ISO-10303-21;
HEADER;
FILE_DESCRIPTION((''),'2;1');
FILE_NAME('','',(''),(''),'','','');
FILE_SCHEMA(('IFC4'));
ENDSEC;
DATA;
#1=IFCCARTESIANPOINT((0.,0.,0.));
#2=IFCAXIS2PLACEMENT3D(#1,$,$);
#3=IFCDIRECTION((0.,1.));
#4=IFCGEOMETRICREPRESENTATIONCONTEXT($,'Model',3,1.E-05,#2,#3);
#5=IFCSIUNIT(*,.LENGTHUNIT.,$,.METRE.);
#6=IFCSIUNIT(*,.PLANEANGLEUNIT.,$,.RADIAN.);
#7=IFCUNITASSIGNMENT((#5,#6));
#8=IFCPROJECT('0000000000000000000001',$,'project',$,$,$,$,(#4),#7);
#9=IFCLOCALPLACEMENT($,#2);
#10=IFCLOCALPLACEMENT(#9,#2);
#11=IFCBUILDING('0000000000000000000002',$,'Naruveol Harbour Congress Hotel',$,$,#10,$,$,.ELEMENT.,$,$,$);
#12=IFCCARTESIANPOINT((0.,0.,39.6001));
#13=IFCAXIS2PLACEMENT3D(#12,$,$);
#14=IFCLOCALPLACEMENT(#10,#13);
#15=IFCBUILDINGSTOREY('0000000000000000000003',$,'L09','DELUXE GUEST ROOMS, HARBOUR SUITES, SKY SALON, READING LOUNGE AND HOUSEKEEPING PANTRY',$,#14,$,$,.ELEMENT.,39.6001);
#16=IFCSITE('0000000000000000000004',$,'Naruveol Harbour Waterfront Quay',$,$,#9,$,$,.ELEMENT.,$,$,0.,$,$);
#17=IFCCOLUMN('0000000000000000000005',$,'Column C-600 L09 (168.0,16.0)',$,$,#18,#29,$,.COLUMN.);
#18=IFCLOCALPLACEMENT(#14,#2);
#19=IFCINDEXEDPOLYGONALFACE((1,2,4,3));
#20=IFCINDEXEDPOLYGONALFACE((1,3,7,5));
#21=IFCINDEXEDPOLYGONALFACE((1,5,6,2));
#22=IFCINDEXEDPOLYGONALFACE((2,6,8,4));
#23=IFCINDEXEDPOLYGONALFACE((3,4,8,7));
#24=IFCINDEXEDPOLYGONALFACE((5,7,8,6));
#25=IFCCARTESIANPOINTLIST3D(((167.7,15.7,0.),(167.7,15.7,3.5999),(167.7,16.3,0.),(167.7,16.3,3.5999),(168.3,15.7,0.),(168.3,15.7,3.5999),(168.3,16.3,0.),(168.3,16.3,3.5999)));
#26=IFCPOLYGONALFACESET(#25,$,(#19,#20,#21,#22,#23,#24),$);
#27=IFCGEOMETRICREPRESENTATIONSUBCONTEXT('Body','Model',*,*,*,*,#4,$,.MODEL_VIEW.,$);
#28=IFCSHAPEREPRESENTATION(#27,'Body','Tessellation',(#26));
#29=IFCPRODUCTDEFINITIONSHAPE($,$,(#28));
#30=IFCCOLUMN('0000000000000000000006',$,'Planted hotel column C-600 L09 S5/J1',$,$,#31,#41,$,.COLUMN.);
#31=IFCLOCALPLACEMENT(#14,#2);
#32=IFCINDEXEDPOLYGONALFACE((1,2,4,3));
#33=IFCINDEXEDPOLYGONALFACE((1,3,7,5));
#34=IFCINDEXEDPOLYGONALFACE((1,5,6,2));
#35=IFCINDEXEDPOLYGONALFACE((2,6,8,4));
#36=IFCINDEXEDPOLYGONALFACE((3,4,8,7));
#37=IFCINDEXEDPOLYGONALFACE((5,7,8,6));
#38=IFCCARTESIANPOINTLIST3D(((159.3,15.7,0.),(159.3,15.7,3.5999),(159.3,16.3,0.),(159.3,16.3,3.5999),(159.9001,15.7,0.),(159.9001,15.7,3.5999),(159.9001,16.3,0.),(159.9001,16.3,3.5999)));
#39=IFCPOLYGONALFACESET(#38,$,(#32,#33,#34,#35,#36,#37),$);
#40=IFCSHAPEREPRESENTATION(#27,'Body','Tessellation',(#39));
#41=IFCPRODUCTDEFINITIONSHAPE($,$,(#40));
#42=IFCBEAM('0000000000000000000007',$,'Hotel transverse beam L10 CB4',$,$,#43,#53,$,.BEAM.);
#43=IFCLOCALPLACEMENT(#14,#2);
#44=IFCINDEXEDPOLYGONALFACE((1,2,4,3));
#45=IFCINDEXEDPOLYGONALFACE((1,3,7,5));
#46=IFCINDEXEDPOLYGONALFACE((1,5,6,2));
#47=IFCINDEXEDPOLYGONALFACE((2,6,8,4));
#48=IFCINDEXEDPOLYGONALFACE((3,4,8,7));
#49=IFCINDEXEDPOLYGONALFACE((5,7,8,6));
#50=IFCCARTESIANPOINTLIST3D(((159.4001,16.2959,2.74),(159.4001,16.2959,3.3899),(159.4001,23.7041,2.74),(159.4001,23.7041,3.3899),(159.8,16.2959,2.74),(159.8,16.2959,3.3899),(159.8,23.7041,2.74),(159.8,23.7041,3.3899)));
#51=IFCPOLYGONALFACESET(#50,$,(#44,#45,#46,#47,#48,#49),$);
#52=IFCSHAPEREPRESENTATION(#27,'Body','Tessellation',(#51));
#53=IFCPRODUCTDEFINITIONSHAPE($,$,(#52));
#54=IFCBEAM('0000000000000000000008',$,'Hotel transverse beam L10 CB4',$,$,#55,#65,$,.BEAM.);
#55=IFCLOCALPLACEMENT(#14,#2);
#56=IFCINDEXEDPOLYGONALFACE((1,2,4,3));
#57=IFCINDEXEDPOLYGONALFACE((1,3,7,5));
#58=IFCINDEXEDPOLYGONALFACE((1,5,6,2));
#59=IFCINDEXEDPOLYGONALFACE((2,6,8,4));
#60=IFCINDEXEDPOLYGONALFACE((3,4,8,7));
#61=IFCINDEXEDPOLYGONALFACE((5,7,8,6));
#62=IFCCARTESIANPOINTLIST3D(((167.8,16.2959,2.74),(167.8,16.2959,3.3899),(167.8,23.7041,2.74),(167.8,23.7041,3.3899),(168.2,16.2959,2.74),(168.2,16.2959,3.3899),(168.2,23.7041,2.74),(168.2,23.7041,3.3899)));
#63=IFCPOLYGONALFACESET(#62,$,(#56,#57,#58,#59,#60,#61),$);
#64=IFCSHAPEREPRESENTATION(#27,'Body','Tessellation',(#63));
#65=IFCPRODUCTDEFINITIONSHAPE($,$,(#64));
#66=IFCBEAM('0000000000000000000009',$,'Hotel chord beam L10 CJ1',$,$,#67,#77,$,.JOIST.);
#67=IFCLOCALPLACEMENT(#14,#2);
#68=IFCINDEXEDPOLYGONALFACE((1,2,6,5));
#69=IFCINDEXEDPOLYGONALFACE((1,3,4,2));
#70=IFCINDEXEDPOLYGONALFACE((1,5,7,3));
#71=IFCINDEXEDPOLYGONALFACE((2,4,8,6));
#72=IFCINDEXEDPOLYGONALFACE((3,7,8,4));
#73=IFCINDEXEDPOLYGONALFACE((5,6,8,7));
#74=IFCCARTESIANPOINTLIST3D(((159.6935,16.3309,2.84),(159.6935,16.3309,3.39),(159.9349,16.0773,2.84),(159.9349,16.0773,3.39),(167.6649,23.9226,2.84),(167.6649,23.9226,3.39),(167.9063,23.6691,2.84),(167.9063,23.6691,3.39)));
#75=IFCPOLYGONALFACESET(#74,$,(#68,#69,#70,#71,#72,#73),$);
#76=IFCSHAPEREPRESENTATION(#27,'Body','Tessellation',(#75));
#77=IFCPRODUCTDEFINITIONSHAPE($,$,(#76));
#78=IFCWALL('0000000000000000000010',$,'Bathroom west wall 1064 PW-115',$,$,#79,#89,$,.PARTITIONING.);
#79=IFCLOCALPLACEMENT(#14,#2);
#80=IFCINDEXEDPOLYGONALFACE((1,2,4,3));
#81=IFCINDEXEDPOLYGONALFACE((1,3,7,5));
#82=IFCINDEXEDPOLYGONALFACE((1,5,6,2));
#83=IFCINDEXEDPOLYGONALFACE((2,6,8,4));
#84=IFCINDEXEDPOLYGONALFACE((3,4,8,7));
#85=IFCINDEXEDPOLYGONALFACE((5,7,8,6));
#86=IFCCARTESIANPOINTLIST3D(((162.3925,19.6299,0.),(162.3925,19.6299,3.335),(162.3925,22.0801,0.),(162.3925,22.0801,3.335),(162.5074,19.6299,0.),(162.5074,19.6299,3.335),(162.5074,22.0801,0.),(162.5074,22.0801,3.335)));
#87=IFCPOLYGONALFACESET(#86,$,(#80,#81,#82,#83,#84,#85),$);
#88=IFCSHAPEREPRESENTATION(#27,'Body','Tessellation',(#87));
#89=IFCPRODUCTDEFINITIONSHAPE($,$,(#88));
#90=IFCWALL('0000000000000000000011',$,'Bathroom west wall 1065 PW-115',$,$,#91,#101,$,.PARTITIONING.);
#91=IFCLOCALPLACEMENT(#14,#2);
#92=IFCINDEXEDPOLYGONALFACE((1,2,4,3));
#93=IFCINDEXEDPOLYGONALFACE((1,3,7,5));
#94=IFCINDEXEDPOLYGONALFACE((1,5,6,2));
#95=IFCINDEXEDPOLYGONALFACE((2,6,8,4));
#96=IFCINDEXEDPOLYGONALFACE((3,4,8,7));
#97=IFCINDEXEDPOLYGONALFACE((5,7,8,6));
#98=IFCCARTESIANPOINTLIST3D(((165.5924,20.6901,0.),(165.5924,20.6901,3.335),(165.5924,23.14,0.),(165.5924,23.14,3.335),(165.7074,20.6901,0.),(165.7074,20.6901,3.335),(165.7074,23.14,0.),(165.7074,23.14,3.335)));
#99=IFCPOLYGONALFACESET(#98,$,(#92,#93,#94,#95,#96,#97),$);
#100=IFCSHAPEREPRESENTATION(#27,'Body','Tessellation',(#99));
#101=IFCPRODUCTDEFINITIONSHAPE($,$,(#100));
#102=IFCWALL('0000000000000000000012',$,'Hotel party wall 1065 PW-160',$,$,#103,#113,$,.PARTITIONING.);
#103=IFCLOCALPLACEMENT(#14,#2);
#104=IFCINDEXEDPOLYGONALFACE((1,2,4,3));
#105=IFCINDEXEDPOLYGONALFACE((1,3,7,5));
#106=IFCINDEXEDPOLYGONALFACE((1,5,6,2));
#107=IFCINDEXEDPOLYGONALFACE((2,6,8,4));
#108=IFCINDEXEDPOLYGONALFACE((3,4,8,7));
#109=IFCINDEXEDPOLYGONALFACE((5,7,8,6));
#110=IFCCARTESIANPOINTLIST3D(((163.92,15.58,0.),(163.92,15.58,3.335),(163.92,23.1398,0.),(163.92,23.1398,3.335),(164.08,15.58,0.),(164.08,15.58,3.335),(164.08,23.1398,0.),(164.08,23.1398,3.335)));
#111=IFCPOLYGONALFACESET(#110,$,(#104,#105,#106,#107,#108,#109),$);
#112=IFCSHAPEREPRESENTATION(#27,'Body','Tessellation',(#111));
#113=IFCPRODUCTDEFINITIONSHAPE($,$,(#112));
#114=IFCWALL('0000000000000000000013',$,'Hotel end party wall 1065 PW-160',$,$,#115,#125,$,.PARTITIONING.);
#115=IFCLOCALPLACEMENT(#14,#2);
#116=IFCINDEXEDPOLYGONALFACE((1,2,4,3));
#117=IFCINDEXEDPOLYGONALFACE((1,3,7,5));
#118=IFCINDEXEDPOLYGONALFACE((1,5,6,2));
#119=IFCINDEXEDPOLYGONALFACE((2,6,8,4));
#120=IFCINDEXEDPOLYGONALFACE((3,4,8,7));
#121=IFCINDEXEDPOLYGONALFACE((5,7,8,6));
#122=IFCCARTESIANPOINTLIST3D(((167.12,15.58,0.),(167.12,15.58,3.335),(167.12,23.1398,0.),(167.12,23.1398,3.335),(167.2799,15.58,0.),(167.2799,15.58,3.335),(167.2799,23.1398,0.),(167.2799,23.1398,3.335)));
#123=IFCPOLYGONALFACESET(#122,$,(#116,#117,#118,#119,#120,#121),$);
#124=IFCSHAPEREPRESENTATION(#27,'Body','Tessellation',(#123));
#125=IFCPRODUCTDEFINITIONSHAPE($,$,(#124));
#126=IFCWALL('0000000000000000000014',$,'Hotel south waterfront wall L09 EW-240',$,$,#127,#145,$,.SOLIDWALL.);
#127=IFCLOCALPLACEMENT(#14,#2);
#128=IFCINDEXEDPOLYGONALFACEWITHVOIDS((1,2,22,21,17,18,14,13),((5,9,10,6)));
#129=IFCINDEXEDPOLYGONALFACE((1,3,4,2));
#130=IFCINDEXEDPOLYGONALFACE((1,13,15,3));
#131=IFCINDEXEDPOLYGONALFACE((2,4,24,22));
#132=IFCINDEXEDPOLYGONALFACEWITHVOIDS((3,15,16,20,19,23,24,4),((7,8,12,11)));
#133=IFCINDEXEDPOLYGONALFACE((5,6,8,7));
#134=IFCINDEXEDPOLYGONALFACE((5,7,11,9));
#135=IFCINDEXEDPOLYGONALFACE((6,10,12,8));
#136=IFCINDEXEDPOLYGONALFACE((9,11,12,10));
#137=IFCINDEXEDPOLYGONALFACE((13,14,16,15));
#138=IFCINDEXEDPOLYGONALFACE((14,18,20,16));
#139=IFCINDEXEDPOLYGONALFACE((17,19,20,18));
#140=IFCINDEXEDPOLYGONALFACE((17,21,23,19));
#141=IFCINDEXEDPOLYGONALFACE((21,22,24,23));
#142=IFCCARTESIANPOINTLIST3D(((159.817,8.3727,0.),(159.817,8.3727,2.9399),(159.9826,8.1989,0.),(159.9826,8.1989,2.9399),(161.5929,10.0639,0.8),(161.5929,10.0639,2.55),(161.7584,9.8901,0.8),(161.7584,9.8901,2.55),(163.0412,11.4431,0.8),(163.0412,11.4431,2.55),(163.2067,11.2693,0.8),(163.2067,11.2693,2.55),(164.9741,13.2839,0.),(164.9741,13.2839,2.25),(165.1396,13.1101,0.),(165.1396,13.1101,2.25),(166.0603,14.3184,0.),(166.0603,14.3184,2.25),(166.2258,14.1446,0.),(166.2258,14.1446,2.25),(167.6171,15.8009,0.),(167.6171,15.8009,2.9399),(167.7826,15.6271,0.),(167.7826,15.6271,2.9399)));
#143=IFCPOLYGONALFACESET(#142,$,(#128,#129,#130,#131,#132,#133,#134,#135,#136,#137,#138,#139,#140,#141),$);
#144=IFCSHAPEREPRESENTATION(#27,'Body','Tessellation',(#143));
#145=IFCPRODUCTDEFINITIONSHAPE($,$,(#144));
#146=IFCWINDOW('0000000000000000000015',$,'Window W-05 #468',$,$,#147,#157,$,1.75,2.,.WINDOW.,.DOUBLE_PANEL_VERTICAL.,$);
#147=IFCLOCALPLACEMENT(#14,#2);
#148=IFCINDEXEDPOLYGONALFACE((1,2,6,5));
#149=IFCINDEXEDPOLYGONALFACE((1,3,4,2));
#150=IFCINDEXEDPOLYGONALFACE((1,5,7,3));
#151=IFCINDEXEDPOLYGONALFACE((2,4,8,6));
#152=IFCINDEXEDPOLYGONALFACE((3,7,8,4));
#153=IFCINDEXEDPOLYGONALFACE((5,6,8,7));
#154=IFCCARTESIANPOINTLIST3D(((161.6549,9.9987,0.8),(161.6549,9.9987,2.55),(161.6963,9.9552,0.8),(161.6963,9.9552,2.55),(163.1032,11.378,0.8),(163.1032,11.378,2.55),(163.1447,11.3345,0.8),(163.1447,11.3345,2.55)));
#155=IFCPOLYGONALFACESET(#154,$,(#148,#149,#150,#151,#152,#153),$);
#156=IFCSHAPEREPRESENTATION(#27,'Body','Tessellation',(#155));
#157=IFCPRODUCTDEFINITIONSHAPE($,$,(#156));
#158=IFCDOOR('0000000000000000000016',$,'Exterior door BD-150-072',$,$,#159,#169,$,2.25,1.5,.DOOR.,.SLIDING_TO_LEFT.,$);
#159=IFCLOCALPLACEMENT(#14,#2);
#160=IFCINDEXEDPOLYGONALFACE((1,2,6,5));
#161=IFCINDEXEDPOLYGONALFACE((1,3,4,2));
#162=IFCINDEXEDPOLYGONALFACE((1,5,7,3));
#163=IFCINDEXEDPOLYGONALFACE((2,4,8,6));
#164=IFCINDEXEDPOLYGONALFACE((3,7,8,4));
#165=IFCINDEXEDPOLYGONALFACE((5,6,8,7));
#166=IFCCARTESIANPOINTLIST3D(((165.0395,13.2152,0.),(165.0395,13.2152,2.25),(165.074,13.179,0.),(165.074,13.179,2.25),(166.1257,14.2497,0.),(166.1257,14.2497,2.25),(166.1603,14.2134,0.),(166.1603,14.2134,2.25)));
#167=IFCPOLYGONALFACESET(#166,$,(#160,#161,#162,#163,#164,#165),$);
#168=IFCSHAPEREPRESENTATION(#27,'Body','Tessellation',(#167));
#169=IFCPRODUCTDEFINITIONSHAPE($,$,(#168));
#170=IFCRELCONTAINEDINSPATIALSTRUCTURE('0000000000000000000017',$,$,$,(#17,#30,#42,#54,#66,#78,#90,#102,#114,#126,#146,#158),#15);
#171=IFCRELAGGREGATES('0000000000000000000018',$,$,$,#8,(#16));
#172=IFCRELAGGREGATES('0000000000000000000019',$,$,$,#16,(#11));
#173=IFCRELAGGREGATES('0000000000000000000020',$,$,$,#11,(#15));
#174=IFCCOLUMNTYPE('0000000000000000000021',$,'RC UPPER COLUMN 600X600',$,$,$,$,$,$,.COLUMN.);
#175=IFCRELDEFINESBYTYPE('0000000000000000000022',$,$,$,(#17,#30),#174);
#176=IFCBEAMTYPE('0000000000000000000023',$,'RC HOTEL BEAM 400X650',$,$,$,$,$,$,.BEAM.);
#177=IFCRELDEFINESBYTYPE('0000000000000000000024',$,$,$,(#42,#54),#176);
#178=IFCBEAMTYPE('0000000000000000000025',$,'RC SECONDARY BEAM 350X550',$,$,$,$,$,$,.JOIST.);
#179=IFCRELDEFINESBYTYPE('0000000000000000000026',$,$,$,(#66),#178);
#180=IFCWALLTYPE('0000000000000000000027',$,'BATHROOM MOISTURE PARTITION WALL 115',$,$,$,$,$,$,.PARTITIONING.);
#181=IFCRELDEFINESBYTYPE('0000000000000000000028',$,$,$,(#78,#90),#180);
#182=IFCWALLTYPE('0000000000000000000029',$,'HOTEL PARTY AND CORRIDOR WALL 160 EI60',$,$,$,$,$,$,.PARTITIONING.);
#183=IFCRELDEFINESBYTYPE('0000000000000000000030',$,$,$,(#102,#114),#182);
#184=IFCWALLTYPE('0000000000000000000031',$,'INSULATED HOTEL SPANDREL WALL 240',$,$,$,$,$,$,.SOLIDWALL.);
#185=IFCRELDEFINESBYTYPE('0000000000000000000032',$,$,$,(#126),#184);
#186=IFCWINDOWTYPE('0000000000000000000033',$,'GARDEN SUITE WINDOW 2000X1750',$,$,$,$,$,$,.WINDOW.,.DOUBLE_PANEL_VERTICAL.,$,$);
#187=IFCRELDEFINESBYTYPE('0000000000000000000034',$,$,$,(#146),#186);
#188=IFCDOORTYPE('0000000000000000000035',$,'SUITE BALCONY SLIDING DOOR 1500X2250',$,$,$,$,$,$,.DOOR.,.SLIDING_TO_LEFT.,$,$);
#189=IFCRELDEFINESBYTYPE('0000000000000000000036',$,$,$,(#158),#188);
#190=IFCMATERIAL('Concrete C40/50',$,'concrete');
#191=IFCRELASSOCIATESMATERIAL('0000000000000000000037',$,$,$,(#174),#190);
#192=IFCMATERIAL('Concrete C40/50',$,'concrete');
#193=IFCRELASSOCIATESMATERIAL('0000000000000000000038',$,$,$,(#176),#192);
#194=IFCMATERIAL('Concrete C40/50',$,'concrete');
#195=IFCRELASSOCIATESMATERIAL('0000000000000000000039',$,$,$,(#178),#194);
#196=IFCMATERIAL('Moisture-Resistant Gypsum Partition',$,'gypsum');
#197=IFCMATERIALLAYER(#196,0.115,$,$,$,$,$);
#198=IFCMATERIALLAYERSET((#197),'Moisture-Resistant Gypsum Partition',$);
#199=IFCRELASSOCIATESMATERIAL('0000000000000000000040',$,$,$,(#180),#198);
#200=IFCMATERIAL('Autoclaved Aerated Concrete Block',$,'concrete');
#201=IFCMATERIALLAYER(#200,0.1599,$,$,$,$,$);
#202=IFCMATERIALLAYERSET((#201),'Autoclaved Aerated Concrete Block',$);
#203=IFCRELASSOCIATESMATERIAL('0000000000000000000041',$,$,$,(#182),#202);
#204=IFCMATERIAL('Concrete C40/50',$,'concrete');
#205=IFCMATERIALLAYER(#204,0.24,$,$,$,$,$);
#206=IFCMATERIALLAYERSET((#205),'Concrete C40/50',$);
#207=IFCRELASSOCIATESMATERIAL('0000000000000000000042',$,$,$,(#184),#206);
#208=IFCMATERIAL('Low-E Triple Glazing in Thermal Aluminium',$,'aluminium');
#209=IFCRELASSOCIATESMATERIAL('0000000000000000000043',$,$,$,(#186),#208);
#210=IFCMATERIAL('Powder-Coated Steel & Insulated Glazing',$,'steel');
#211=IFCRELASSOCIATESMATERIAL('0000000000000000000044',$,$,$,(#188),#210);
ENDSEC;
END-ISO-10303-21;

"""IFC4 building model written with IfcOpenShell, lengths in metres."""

from ifc_helpers import new_model, si_unit, direction, frame, frame_2d, origin, origin_2d, place, context, subcontext, project, spatial, rectangle, extrude, material, layer, layer_set, material_profile, profile_set, type_object, element, fill, save


model = new_model("IFC4")

# Units and contexts
model_context = context("Model", 3, precision=1e-05, world=origin(), true_north=direction((0.0, 1.0)))
body_context = subcontext(model_context, "Body", "Model", "MODEL_VIEW")
ifc_project = project(units=[si_unit("LENGTHUNIT", "METRE"), si_unit("PLANEANGLEUNIT", "RADIAN")], contexts=[model_context])

# Site, building, storey
site_placement = place(None, origin())
site = spatial("IfcSite", under=ifc_project, at=site_placement, Name="Naruveol Harbour Waterfront Quay", CompositionType="ELEMENT", RefElevation=0.0)
building_placement = place(site_placement, origin())
building = spatial("IfcBuilding", under=site, at=building_placement, Name="Naruveol Harbour Congress Hotel", CompositionType="ELEMENT")
storey_placement = place(building_placement, frame((0.0, 0.0, 39.6001)))
storey = spatial("IfcBuildingStorey", under=building, at=storey_placement, Name="L09", Description="DELUXE GUEST ROOMS, HARBOUR SUITES, SKY SALON, READING LOUNGE AND HOUSEKEEPING PANTRY", CompositionType="ELEMENT", Elevation=39.6001)

# Columns
ifc_material_1 = material(Name="Concrete C40/50", Category="concrete")
ifc_material_profile_1 = material_profile(ifc_material_1, rectangle(XDim=0.6001, YDim=0.6001, at=origin_2d()), Name="RC-600x600")
ifc_profile_set_1 = profile_set([ifc_material_profile_1], Name="Concrete C40/50")
column_type = type_object("IfcColumnType", Name="RC UPPER COLUMN 600X600", PredefinedType="COLUMN", material=ifc_profile_set_1)
for number, where, z_axis, x_axis, name in (
    (1, (168.0, 16.0, 0.0), (0.0, 0.0, 1.0), (1.0, 0.0, 0.0), "Column C-600 L09 (168.0,16.0)"),
    (2, (159.6001, 16.0, 0.0), (0.0, 0.0, 1.0), (1.0, 0.0, 0.0), "Planted hotel column C-600 L09 S5/J1"),
):
    element("IfcColumn", number, at=place(storey_placement, frame(where, z_axis=z_axis, x_axis=x_axis)), inside=storey, type_object=column_type, Name=name, PredefinedType="COLUMN", context=body_context, shape_type="SweptSolid", body=[
        extrude(rectangle(XDim=0.6001, YDim=0.6001, at=origin_2d()), origin(), (0.0, 0.0, 1.0), 3.5999),
    ])

# Beams
ifc_material_2 = material(Name="Concrete C40/50", Category="concrete")
ifc_material_profile_2 = material_profile(ifc_material_2, rectangle(XDim=0.3999, YDim=0.6499, at=origin_2d()), Name="RCB-400x650")
ifc_profile_set_2 = profile_set([ifc_material_profile_2], Name="Concrete C40/50")
beam_type_1 = type_object("IfcBeamType", Name="RC HOTEL BEAM 400X650", PredefinedType="BEAM", material=ifc_profile_set_2)
for number, where, z_axis, x_axis, name in (
    (3, (159.6001, 16.2959, 3.0649), (0.0, 1.0, 0.0), (-1.0, 0.0, 0.0), "Hotel transverse beam L10 CB4"),
    (4, (168.0, 16.2959, 3.0649), (0.0, 1.0, 0.0), (-1.0, 0.0, 0.0), "Hotel transverse beam L10 CB4"),
):
    element("IfcBeam", number, at=place(storey_placement, frame(where, z_axis=z_axis, x_axis=x_axis)), inside=storey, type_object=beam_type_1, Name=name, PredefinedType="BEAM", context=body_context, shape_type="SweptSolid", body=[
        extrude(rectangle(XDim=0.3999, YDim=0.6499, at=origin_2d()), origin(), (0.0, 0.0, 1.0), 7.4082),
    ])
ifc_material_3 = material(Name="Concrete C40/50", Category="concrete")
ifc_material_profile_3 = material_profile(ifc_material_3, rectangle(XDim=0.3501, YDim=0.55, at=origin_2d()), Name="RCB-350x550")
ifc_profile_set_3 = profile_set([ifc_material_profile_3], Name="Concrete C40/50")
beam_type_2 = type_object("IfcBeamType", Name="RC SECONDARY BEAM 350X550", PredefinedType="JOIST", material=ifc_profile_set_3)
beam_placement = place(storey_placement, frame((159.8142, 16.2041, 3.115), z_axis=(0.72414, 0.689653, 0.0), x_axis=(-0.689653, 0.72414, 0.0)))
element("IfcBeam", 5, at=beam_placement, inside=storey, type_object=beam_type_2, Name="Hotel chord beam L10 CJ1", PredefinedType="JOIST", context=body_context, shape_type="SweptSolid", body=[
    extrude(rectangle(XDim=0.3501, YDim=0.55, at=origin_2d()), origin(), (0.0, 0.0, 1.0), 11.0081),
])

# Wall
ifc_material_4 = material(Name="Moisture-Resistant Gypsum Partition", Category="gypsum")
ifc_layer_1 = layer(ifc_material_4, 0.115)
ifc_layer_set_1 = layer_set([ifc_layer_1], Name="Moisture-Resistant Gypsum Partition")
wall_type_1 = type_object("IfcWallType", Name="BATHROOM MOISTURE PARTITION WALL 115", PredefinedType="PARTITIONING", material=ifc_layer_set_1)
wall_1_placement = place(storey_placement, frame((162.45, 19.6299, 0.0), z_axis=(0.0, 0.0, 1.0), x_axis=(0.0, 1.0, 0.0)))
element("IfcWall", 6, at=wall_1_placement, inside=storey, type_object=wall_type_1, Name="Bathroom west wall 1064 PW-115", PredefinedType="PARTITIONING", context=body_context, shape_type="SweptSolid", body=[
    extrude(rectangle(XDim=2.4502, YDim=0.115, at=frame_2d((1.2251, 0.0))), origin(), (0.0, 0.0, 1.0), 3.335),
])

# Wall
wall_2_placement = place(storey_placement, frame((165.6499, 20.6899, 0.0), z_axis=(0.0, 0.0, 1.0), x_axis=(0.0, 1.0, 0.0)))
element("IfcWall", 7, at=wall_2_placement, inside=storey, type_object=wall_type_1, Name="Bathroom west wall 1065 PW-115", PredefinedType="PARTITIONING", context=body_context, shape_type="SweptSolid", body=[
    extrude(rectangle(XDim=2.45, YDim=0.115, at=frame_2d((1.2251, 0.0))), origin(), (0.0, 0.0, 1.0), 3.335),
])

# Walls
ifc_material_5 = material(Name="Autoclaved Aerated Concrete Block", Category="concrete")
ifc_layer_2 = layer(ifc_material_5, 0.1599)
ifc_layer_set_2 = layer_set([ifc_layer_2], Name="Autoclaved Aerated Concrete Block")
wall_type_2 = type_object("IfcWallType", Name="HOTEL PARTY AND CORRIDOR WALL 160 EI60", PredefinedType="PARTITIONING", material=ifc_layer_set_2)
for number, where, z_axis, x_axis, name in (
    (8, (164.0, 15.5801, 0.0), (0.0, 0.0, 1.0), (0.0, 1.0, 0.0), "Hotel party wall 1065 PW-160"),
    (9, (167.2, 15.5801, 0.0), (0.0, 0.0, 1.0), (0.0, 1.0, 0.0), "Hotel end party wall 1065 PW-160"),
):
    element("IfcWall", number, at=place(storey_placement, frame(where, z_axis=z_axis, x_axis=x_axis)), inside=storey, type_object=wall_type_2, Name=name, PredefinedType="PARTITIONING", context=body_context, shape_type="SweptSolid", body=[
        extrude(rectangle(XDim=7.5598, YDim=0.1599, at=frame_2d((3.7798, 0.0))), origin(), (0.0, 0.0, 1.0), 3.335),
    ])

# Wall, openings, window, door
ifc_material_6 = material(Name="Concrete C40/50", Category="concrete")
ifc_layer_3 = layer(ifc_material_6, 0.24)
ifc_layer_set_3 = layer_set([ifc_layer_3], Name="Concrete C40/50")
wall_type_3 = type_object("IfcWallType", Name="INSULATED HOTEL SPANDREL WALL 240", PredefinedType="SOLIDWALL", material=ifc_layer_set_3)
wall_3_placement = place(storey_placement, frame((167.7, 15.7141, 0.0), z_axis=(0.0, 0.0, 1.0), x_axis=(-0.724156, -0.689636, 0.0)))
wall_3 = element("IfcWall", 10, at=wall_3_placement, inside=storey, type_object=wall_type_3, Name="Hotel south waterfront wall L09 EW-240", PredefinedType="SOLIDWALL", context=body_context, shape_type="SweptSolid", body=[
    extrude(rectangle(XDim=10.7712, YDim=0.24, at=frame_2d((5.3857, 0.0))), origin(), (0.0, 0.0, 1.0), 2.9399),
])
opening_1_placement = place(wall_3_placement, frame((2.1499, 0.0, 0.0)))
opening_1 = element("IfcOpeningElement", 11, at=opening_1_placement, cuts=wall_3, PredefinedType="OPENING", context=body_context, shape_type="SweptSolid", body=[
    extrude(rectangle(XDim=1.5, YDim=2.25, at=frame_2d((0.75, 1.125))), frame((0.0, 0.1299, 0.0), z_axis=(0.0, -1.0, 0.0), x_axis=(1.0, 0.0, 0.0)), (0.0, 0.0, 1.0), 0.26),
])
opening_2_placement = place(wall_3_placement, frame((6.3191, 0.0, 0.8)))
opening_2 = element("IfcOpeningElement", 12, at=opening_2_placement, cuts=wall_3, PredefinedType="OPENING", context=body_context, shape_type="SweptSolid", body=[
    extrude(rectangle(XDim=2.0, YDim=1.75, at=frame_2d((1.0, 0.875))), frame((0.0, 0.1299, 0.0), z_axis=(0.0, -1.0, 0.0), x_axis=(1.0, 0.0, 0.0)), (0.0, 0.0, 1.0), 0.26),
])
ifc_material_7 = material(Name="Low-E Triple Glazing in Thermal Aluminium", Category="aluminium")
window_type = type_object("IfcWindowType", Name="GARDEN SUITE WINDOW 2000X1750", PartitioningType="DOUBLE_PANEL_VERTICAL", PredefinedType="WINDOW", material=ifc_material_7)
window_placement = place(opening_2_placement, origin())
window = element("IfcWindow", 13, at=window_placement, inside=storey, type_object=window_type, Name="Window W-05 #468", OverallHeight=1.75, OverallWidth=2.0, PartitioningType="DOUBLE_PANEL_VERTICAL", PredefinedType="WINDOW", context=body_context, shape_type="SweptSolid", body=[
    extrude(rectangle(XDim=2.0, YDim=1.75, at=frame_2d((1.0, 0.875))), frame((0.0, 0.03, 0.0), z_axis=(0.0, -1.0, 0.0), x_axis=(1.0, 0.0, 0.0)), (0.0, 0.0, 1.0), 0.0601),
])
fill(opening_2, window)
ifc_material_8 = material(Name="Powder-Coated Steel & Insulated Glazing", Category="steel")
door_type_1 = type_object("IfcDoorType", Name="SUITE BALCONY SLIDING DOOR 1500X2250", OperationType="SLIDING_TO_LEFT", PredefinedType="DOOR", material=ifc_material_8)
door_1_placement = place(opening_1_placement, origin())
door_1 = element("IfcDoor", 14, at=door_1_placement, inside=storey, type_object=door_type_1, Name="Exterior door BD-150-072", OperationType="SLIDING_TO_LEFT", OverallHeight=2.25, OverallWidth=1.5, PredefinedType="DOOR", context=body_context, shape_type="SweptSolid", body=[
    extrude(rectangle(XDim=1.5, YDim=2.25, at=frame_2d((0.75, 1.125))), frame((0.0, 0.0249, 0.0), z_axis=(0.0, -1.0, 0.0), x_axis=(1.0, 0.0, 0.0)), (0.0, 0.0, 1.0), 0.05),
])
fill(opening_1, door_1)

save(model, "model.ifc")
